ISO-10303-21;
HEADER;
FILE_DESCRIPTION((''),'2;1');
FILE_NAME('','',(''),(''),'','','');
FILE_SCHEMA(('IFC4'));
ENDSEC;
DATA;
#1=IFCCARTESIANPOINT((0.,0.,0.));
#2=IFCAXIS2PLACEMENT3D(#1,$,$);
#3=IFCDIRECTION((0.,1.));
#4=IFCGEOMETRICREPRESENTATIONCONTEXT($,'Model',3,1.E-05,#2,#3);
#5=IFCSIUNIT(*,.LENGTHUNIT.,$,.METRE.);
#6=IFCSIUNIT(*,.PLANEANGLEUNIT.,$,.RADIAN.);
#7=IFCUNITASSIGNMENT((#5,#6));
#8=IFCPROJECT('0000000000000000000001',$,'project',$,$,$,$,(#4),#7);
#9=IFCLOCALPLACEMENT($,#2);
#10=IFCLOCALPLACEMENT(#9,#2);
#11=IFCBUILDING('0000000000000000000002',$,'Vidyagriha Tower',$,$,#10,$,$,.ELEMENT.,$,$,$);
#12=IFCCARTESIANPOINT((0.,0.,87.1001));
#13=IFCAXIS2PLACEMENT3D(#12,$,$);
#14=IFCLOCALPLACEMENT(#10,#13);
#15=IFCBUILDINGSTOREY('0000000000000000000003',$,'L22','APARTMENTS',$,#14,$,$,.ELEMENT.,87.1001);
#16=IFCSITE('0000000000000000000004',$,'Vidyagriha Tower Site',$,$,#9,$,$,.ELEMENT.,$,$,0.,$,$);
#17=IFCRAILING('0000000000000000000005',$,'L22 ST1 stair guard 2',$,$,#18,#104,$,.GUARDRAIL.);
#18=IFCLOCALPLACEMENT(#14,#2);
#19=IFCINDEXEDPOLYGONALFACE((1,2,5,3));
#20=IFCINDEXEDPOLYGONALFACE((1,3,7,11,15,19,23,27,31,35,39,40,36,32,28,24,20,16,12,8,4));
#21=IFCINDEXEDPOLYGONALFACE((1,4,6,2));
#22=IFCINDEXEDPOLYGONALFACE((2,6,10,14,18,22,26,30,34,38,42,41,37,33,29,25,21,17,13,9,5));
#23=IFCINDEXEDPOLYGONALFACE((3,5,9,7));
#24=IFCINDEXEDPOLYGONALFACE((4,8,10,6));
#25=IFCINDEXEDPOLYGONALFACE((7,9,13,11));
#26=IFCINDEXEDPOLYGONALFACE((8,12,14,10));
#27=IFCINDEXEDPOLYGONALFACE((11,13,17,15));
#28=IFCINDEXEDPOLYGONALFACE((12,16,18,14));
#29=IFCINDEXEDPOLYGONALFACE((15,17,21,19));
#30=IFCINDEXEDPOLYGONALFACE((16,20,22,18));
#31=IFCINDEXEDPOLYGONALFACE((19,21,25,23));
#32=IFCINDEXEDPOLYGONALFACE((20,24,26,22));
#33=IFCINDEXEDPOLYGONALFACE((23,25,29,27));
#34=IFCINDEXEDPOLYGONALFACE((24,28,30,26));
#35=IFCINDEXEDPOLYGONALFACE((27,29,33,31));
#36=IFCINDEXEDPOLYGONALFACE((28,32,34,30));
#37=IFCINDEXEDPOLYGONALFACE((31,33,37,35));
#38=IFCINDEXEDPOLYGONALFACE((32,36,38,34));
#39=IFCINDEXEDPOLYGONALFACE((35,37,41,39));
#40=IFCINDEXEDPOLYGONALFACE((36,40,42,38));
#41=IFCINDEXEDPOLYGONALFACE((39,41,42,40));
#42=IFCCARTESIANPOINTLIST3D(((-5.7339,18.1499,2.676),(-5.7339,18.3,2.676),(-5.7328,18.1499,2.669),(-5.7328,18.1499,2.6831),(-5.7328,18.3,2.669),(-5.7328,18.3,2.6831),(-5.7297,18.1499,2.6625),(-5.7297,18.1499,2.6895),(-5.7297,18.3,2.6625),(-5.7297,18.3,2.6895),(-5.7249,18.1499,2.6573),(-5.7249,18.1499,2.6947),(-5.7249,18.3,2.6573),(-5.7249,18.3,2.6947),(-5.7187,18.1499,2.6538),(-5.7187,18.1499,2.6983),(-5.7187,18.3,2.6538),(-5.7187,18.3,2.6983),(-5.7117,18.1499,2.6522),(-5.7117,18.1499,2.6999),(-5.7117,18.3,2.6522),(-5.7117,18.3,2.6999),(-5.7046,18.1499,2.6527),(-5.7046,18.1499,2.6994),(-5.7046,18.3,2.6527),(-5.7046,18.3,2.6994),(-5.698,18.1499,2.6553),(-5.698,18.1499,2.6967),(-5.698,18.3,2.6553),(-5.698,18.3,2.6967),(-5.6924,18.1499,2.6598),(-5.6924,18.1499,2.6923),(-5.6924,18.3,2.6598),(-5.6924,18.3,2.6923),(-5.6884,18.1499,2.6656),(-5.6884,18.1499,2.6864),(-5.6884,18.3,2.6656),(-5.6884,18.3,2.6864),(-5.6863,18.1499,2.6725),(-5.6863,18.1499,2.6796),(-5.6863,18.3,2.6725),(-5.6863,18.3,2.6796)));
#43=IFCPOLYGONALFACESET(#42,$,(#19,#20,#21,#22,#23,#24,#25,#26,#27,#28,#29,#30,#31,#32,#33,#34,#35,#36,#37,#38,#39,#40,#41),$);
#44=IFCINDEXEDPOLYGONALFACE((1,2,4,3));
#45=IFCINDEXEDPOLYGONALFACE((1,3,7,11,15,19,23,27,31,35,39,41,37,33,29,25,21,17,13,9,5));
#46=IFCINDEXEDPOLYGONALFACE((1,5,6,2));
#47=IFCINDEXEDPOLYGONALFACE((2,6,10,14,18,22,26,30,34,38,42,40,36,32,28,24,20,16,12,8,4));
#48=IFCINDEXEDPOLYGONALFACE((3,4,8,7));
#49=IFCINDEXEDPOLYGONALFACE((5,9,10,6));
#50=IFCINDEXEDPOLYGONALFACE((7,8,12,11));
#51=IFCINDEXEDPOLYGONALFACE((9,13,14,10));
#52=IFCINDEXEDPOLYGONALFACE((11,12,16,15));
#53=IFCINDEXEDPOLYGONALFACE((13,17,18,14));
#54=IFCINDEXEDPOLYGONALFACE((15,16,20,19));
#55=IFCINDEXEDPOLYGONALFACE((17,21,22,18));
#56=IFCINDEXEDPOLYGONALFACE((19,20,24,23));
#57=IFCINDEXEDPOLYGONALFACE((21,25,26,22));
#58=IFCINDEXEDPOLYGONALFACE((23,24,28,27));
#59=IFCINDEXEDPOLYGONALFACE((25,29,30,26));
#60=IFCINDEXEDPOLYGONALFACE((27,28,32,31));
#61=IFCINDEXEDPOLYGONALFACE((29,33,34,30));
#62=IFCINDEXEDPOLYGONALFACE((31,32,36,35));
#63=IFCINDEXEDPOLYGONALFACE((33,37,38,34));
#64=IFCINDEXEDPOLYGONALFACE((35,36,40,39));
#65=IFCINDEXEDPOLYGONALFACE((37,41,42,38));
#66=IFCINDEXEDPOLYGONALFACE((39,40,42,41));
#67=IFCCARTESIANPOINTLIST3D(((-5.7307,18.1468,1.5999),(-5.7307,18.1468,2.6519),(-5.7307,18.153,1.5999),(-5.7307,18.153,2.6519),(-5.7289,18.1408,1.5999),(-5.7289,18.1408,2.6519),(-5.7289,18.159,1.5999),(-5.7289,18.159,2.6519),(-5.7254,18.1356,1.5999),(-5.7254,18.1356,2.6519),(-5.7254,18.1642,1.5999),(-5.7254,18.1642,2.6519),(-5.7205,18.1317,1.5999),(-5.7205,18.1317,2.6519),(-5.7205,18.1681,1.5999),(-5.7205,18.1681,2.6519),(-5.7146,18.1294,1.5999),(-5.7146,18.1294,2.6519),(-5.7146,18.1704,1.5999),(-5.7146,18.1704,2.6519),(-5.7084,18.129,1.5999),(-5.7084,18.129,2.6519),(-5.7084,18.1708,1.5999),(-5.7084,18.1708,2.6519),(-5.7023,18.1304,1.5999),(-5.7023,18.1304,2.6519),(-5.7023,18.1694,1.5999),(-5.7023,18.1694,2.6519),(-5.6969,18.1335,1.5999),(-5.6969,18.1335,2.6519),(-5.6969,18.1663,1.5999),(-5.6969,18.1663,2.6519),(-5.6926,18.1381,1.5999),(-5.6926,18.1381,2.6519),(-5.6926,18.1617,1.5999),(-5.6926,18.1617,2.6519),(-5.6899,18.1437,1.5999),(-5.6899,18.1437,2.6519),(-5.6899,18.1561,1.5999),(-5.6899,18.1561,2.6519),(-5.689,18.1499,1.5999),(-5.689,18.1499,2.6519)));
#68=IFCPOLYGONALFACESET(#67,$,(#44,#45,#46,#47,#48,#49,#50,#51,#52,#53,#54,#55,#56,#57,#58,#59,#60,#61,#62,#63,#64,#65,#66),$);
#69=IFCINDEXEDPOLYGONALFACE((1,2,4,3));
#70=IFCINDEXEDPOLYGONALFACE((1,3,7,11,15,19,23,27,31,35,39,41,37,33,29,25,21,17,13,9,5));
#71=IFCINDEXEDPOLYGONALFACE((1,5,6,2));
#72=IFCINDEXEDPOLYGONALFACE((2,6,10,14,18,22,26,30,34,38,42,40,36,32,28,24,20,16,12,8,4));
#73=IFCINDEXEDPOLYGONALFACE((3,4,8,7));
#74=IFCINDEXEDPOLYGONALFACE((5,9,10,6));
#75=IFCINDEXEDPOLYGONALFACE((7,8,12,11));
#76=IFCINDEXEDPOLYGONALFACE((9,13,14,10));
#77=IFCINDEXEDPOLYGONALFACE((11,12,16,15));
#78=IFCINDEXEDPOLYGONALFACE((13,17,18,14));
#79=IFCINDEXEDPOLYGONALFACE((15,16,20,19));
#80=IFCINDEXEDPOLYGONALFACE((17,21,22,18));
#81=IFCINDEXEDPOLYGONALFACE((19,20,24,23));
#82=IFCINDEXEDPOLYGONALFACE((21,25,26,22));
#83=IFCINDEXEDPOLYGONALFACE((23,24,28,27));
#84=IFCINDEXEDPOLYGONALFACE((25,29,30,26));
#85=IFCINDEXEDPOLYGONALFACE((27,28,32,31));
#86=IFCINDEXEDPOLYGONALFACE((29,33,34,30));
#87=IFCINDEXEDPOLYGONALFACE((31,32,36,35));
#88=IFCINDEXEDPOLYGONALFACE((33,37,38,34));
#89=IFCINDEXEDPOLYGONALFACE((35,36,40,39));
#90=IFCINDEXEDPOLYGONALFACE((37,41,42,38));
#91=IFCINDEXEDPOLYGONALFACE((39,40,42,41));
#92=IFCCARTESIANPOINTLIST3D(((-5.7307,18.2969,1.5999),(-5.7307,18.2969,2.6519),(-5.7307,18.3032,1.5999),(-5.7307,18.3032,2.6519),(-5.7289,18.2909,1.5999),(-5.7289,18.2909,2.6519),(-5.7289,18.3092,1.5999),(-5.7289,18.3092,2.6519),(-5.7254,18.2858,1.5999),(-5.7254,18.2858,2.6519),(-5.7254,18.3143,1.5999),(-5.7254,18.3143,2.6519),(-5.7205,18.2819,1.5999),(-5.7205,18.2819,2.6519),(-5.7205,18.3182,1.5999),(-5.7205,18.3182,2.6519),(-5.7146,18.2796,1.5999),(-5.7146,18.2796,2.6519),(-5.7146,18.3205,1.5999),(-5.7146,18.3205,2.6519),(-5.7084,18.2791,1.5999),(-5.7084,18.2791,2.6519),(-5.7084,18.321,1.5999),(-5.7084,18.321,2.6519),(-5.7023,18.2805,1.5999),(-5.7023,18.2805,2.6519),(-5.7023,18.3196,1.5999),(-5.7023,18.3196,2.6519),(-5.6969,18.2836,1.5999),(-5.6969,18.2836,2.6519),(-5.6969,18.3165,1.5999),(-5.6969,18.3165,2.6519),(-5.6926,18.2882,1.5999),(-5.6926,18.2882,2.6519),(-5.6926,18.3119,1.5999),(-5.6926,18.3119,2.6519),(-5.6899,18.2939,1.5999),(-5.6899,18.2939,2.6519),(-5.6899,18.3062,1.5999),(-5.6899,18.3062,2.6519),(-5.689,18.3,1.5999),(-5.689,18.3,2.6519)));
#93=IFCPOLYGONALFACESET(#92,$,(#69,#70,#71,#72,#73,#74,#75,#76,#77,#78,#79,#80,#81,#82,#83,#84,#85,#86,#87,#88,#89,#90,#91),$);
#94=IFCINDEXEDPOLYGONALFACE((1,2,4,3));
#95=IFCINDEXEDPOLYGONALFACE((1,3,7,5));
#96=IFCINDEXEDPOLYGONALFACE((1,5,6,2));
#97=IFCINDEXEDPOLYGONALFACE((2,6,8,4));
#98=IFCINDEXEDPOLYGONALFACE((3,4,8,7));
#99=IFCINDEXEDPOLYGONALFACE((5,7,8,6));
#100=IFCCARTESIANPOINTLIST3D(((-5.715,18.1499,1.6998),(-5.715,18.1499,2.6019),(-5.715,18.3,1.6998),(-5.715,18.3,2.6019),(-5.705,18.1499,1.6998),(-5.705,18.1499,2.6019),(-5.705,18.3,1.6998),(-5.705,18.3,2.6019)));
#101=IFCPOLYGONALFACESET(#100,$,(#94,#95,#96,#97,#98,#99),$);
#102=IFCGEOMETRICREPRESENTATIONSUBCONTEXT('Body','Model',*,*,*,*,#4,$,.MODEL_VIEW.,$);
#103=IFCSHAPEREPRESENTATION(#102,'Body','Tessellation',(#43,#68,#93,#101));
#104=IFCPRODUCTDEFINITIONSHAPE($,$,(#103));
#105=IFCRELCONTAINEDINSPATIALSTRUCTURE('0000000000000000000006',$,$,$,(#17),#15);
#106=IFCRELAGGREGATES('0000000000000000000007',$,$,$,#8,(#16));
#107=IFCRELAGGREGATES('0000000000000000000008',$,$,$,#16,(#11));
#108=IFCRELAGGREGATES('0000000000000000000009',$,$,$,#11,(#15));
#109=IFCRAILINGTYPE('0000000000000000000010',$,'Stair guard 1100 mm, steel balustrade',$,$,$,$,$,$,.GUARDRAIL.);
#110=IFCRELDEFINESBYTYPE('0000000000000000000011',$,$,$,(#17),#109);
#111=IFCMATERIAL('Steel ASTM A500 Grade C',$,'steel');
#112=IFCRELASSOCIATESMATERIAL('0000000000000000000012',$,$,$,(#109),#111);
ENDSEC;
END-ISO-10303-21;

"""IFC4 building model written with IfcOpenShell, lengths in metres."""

from ifc_helpers import new_model, si_unit, direction, frame, origin, origin_2d, place, context, subcontext, project, spatial, rectangle, circle, extrude, material, type_object, element, save


model = new_model("IFC4")

# Units and contexts
model_context = context("Model", 3, precision=1e-05, world=origin(), true_north=direction((0.0, 1.0)))
body_context = subcontext(model_context, "Body", "Model", "MODEL_VIEW")
ifc_project = project(units=[si_unit("LENGTHUNIT", "METRE"), si_unit("PLANEANGLEUNIT", "RADIAN")], contexts=[model_context])

# Site, building, storey
site_placement = place(None, origin())
site = spatial("IfcSite", under=ifc_project, at=site_placement, Name="Vidyagriha Tower Site", CompositionType="ELEMENT", RefElevation=0.0)
building_placement = place(site_placement, origin())
building = spatial("IfcBuilding", under=site, at=building_placement, Name="Vidyagriha Tower", CompositionType="ELEMENT")
storey_placement = place(building_placement, frame((0.0, 0.0, 87.1001)))
storey = spatial("IfcBuildingStorey", under=building, at=storey_placement, Name="L22", Description="APARTMENTS", CompositionType="ELEMENT", Elevation=87.1001)

# Railing
ifc_material_1 = material(Name="Steel ASTM A500 Grade C", Category="steel")
railing_type_1 = type_object("IfcRailingType", Name="Stair guard 1100 mm, steel balustrade", PredefinedType="GUARDRAIL", material=ifc_material_1)
railing_1_placement = place(storey_placement, frame((-5.71, 18.1499, 1.5999)))
element("IfcRailing", 1, at=railing_1_placement, inside=storey, type_object=railing_type_1, Name="L22 ST1 stair guard 2", PredefinedType="GUARDRAIL", context=body_context, shape_type="SweptSolid", body=[
    extrude(circle(Radius=0.0239, at=origin_2d()), frame((0.0, 0.0, 1.0762), z_axis=(0.0, 1.0, 0.0), x_axis=(-1.0, 0.0, 0.0)), (0.0, 0.0, 1.0), 0.1501),
    extrude(circle(Radius=0.021, at=origin_2d()), origin(), (0.0, 0.0, 1.0), 1.052),
    extrude(circle(Radius=0.021, at=origin_2d()), frame((0.0, 0.1501, 0.0)), (0.0, 0.0, 1.0), 1.052),
    extrude(rectangle(XDim=0.01, YDim=0.9021, at=origin_2d()), frame((0.0, 0.0, 0.551), z_axis=(0.0, 1.0, 0.0), x_axis=(-1.0, 0.0, 0.0)), (0.0, 0.0, 1.0), 0.1501),
])

save(model, "model.ifc")
